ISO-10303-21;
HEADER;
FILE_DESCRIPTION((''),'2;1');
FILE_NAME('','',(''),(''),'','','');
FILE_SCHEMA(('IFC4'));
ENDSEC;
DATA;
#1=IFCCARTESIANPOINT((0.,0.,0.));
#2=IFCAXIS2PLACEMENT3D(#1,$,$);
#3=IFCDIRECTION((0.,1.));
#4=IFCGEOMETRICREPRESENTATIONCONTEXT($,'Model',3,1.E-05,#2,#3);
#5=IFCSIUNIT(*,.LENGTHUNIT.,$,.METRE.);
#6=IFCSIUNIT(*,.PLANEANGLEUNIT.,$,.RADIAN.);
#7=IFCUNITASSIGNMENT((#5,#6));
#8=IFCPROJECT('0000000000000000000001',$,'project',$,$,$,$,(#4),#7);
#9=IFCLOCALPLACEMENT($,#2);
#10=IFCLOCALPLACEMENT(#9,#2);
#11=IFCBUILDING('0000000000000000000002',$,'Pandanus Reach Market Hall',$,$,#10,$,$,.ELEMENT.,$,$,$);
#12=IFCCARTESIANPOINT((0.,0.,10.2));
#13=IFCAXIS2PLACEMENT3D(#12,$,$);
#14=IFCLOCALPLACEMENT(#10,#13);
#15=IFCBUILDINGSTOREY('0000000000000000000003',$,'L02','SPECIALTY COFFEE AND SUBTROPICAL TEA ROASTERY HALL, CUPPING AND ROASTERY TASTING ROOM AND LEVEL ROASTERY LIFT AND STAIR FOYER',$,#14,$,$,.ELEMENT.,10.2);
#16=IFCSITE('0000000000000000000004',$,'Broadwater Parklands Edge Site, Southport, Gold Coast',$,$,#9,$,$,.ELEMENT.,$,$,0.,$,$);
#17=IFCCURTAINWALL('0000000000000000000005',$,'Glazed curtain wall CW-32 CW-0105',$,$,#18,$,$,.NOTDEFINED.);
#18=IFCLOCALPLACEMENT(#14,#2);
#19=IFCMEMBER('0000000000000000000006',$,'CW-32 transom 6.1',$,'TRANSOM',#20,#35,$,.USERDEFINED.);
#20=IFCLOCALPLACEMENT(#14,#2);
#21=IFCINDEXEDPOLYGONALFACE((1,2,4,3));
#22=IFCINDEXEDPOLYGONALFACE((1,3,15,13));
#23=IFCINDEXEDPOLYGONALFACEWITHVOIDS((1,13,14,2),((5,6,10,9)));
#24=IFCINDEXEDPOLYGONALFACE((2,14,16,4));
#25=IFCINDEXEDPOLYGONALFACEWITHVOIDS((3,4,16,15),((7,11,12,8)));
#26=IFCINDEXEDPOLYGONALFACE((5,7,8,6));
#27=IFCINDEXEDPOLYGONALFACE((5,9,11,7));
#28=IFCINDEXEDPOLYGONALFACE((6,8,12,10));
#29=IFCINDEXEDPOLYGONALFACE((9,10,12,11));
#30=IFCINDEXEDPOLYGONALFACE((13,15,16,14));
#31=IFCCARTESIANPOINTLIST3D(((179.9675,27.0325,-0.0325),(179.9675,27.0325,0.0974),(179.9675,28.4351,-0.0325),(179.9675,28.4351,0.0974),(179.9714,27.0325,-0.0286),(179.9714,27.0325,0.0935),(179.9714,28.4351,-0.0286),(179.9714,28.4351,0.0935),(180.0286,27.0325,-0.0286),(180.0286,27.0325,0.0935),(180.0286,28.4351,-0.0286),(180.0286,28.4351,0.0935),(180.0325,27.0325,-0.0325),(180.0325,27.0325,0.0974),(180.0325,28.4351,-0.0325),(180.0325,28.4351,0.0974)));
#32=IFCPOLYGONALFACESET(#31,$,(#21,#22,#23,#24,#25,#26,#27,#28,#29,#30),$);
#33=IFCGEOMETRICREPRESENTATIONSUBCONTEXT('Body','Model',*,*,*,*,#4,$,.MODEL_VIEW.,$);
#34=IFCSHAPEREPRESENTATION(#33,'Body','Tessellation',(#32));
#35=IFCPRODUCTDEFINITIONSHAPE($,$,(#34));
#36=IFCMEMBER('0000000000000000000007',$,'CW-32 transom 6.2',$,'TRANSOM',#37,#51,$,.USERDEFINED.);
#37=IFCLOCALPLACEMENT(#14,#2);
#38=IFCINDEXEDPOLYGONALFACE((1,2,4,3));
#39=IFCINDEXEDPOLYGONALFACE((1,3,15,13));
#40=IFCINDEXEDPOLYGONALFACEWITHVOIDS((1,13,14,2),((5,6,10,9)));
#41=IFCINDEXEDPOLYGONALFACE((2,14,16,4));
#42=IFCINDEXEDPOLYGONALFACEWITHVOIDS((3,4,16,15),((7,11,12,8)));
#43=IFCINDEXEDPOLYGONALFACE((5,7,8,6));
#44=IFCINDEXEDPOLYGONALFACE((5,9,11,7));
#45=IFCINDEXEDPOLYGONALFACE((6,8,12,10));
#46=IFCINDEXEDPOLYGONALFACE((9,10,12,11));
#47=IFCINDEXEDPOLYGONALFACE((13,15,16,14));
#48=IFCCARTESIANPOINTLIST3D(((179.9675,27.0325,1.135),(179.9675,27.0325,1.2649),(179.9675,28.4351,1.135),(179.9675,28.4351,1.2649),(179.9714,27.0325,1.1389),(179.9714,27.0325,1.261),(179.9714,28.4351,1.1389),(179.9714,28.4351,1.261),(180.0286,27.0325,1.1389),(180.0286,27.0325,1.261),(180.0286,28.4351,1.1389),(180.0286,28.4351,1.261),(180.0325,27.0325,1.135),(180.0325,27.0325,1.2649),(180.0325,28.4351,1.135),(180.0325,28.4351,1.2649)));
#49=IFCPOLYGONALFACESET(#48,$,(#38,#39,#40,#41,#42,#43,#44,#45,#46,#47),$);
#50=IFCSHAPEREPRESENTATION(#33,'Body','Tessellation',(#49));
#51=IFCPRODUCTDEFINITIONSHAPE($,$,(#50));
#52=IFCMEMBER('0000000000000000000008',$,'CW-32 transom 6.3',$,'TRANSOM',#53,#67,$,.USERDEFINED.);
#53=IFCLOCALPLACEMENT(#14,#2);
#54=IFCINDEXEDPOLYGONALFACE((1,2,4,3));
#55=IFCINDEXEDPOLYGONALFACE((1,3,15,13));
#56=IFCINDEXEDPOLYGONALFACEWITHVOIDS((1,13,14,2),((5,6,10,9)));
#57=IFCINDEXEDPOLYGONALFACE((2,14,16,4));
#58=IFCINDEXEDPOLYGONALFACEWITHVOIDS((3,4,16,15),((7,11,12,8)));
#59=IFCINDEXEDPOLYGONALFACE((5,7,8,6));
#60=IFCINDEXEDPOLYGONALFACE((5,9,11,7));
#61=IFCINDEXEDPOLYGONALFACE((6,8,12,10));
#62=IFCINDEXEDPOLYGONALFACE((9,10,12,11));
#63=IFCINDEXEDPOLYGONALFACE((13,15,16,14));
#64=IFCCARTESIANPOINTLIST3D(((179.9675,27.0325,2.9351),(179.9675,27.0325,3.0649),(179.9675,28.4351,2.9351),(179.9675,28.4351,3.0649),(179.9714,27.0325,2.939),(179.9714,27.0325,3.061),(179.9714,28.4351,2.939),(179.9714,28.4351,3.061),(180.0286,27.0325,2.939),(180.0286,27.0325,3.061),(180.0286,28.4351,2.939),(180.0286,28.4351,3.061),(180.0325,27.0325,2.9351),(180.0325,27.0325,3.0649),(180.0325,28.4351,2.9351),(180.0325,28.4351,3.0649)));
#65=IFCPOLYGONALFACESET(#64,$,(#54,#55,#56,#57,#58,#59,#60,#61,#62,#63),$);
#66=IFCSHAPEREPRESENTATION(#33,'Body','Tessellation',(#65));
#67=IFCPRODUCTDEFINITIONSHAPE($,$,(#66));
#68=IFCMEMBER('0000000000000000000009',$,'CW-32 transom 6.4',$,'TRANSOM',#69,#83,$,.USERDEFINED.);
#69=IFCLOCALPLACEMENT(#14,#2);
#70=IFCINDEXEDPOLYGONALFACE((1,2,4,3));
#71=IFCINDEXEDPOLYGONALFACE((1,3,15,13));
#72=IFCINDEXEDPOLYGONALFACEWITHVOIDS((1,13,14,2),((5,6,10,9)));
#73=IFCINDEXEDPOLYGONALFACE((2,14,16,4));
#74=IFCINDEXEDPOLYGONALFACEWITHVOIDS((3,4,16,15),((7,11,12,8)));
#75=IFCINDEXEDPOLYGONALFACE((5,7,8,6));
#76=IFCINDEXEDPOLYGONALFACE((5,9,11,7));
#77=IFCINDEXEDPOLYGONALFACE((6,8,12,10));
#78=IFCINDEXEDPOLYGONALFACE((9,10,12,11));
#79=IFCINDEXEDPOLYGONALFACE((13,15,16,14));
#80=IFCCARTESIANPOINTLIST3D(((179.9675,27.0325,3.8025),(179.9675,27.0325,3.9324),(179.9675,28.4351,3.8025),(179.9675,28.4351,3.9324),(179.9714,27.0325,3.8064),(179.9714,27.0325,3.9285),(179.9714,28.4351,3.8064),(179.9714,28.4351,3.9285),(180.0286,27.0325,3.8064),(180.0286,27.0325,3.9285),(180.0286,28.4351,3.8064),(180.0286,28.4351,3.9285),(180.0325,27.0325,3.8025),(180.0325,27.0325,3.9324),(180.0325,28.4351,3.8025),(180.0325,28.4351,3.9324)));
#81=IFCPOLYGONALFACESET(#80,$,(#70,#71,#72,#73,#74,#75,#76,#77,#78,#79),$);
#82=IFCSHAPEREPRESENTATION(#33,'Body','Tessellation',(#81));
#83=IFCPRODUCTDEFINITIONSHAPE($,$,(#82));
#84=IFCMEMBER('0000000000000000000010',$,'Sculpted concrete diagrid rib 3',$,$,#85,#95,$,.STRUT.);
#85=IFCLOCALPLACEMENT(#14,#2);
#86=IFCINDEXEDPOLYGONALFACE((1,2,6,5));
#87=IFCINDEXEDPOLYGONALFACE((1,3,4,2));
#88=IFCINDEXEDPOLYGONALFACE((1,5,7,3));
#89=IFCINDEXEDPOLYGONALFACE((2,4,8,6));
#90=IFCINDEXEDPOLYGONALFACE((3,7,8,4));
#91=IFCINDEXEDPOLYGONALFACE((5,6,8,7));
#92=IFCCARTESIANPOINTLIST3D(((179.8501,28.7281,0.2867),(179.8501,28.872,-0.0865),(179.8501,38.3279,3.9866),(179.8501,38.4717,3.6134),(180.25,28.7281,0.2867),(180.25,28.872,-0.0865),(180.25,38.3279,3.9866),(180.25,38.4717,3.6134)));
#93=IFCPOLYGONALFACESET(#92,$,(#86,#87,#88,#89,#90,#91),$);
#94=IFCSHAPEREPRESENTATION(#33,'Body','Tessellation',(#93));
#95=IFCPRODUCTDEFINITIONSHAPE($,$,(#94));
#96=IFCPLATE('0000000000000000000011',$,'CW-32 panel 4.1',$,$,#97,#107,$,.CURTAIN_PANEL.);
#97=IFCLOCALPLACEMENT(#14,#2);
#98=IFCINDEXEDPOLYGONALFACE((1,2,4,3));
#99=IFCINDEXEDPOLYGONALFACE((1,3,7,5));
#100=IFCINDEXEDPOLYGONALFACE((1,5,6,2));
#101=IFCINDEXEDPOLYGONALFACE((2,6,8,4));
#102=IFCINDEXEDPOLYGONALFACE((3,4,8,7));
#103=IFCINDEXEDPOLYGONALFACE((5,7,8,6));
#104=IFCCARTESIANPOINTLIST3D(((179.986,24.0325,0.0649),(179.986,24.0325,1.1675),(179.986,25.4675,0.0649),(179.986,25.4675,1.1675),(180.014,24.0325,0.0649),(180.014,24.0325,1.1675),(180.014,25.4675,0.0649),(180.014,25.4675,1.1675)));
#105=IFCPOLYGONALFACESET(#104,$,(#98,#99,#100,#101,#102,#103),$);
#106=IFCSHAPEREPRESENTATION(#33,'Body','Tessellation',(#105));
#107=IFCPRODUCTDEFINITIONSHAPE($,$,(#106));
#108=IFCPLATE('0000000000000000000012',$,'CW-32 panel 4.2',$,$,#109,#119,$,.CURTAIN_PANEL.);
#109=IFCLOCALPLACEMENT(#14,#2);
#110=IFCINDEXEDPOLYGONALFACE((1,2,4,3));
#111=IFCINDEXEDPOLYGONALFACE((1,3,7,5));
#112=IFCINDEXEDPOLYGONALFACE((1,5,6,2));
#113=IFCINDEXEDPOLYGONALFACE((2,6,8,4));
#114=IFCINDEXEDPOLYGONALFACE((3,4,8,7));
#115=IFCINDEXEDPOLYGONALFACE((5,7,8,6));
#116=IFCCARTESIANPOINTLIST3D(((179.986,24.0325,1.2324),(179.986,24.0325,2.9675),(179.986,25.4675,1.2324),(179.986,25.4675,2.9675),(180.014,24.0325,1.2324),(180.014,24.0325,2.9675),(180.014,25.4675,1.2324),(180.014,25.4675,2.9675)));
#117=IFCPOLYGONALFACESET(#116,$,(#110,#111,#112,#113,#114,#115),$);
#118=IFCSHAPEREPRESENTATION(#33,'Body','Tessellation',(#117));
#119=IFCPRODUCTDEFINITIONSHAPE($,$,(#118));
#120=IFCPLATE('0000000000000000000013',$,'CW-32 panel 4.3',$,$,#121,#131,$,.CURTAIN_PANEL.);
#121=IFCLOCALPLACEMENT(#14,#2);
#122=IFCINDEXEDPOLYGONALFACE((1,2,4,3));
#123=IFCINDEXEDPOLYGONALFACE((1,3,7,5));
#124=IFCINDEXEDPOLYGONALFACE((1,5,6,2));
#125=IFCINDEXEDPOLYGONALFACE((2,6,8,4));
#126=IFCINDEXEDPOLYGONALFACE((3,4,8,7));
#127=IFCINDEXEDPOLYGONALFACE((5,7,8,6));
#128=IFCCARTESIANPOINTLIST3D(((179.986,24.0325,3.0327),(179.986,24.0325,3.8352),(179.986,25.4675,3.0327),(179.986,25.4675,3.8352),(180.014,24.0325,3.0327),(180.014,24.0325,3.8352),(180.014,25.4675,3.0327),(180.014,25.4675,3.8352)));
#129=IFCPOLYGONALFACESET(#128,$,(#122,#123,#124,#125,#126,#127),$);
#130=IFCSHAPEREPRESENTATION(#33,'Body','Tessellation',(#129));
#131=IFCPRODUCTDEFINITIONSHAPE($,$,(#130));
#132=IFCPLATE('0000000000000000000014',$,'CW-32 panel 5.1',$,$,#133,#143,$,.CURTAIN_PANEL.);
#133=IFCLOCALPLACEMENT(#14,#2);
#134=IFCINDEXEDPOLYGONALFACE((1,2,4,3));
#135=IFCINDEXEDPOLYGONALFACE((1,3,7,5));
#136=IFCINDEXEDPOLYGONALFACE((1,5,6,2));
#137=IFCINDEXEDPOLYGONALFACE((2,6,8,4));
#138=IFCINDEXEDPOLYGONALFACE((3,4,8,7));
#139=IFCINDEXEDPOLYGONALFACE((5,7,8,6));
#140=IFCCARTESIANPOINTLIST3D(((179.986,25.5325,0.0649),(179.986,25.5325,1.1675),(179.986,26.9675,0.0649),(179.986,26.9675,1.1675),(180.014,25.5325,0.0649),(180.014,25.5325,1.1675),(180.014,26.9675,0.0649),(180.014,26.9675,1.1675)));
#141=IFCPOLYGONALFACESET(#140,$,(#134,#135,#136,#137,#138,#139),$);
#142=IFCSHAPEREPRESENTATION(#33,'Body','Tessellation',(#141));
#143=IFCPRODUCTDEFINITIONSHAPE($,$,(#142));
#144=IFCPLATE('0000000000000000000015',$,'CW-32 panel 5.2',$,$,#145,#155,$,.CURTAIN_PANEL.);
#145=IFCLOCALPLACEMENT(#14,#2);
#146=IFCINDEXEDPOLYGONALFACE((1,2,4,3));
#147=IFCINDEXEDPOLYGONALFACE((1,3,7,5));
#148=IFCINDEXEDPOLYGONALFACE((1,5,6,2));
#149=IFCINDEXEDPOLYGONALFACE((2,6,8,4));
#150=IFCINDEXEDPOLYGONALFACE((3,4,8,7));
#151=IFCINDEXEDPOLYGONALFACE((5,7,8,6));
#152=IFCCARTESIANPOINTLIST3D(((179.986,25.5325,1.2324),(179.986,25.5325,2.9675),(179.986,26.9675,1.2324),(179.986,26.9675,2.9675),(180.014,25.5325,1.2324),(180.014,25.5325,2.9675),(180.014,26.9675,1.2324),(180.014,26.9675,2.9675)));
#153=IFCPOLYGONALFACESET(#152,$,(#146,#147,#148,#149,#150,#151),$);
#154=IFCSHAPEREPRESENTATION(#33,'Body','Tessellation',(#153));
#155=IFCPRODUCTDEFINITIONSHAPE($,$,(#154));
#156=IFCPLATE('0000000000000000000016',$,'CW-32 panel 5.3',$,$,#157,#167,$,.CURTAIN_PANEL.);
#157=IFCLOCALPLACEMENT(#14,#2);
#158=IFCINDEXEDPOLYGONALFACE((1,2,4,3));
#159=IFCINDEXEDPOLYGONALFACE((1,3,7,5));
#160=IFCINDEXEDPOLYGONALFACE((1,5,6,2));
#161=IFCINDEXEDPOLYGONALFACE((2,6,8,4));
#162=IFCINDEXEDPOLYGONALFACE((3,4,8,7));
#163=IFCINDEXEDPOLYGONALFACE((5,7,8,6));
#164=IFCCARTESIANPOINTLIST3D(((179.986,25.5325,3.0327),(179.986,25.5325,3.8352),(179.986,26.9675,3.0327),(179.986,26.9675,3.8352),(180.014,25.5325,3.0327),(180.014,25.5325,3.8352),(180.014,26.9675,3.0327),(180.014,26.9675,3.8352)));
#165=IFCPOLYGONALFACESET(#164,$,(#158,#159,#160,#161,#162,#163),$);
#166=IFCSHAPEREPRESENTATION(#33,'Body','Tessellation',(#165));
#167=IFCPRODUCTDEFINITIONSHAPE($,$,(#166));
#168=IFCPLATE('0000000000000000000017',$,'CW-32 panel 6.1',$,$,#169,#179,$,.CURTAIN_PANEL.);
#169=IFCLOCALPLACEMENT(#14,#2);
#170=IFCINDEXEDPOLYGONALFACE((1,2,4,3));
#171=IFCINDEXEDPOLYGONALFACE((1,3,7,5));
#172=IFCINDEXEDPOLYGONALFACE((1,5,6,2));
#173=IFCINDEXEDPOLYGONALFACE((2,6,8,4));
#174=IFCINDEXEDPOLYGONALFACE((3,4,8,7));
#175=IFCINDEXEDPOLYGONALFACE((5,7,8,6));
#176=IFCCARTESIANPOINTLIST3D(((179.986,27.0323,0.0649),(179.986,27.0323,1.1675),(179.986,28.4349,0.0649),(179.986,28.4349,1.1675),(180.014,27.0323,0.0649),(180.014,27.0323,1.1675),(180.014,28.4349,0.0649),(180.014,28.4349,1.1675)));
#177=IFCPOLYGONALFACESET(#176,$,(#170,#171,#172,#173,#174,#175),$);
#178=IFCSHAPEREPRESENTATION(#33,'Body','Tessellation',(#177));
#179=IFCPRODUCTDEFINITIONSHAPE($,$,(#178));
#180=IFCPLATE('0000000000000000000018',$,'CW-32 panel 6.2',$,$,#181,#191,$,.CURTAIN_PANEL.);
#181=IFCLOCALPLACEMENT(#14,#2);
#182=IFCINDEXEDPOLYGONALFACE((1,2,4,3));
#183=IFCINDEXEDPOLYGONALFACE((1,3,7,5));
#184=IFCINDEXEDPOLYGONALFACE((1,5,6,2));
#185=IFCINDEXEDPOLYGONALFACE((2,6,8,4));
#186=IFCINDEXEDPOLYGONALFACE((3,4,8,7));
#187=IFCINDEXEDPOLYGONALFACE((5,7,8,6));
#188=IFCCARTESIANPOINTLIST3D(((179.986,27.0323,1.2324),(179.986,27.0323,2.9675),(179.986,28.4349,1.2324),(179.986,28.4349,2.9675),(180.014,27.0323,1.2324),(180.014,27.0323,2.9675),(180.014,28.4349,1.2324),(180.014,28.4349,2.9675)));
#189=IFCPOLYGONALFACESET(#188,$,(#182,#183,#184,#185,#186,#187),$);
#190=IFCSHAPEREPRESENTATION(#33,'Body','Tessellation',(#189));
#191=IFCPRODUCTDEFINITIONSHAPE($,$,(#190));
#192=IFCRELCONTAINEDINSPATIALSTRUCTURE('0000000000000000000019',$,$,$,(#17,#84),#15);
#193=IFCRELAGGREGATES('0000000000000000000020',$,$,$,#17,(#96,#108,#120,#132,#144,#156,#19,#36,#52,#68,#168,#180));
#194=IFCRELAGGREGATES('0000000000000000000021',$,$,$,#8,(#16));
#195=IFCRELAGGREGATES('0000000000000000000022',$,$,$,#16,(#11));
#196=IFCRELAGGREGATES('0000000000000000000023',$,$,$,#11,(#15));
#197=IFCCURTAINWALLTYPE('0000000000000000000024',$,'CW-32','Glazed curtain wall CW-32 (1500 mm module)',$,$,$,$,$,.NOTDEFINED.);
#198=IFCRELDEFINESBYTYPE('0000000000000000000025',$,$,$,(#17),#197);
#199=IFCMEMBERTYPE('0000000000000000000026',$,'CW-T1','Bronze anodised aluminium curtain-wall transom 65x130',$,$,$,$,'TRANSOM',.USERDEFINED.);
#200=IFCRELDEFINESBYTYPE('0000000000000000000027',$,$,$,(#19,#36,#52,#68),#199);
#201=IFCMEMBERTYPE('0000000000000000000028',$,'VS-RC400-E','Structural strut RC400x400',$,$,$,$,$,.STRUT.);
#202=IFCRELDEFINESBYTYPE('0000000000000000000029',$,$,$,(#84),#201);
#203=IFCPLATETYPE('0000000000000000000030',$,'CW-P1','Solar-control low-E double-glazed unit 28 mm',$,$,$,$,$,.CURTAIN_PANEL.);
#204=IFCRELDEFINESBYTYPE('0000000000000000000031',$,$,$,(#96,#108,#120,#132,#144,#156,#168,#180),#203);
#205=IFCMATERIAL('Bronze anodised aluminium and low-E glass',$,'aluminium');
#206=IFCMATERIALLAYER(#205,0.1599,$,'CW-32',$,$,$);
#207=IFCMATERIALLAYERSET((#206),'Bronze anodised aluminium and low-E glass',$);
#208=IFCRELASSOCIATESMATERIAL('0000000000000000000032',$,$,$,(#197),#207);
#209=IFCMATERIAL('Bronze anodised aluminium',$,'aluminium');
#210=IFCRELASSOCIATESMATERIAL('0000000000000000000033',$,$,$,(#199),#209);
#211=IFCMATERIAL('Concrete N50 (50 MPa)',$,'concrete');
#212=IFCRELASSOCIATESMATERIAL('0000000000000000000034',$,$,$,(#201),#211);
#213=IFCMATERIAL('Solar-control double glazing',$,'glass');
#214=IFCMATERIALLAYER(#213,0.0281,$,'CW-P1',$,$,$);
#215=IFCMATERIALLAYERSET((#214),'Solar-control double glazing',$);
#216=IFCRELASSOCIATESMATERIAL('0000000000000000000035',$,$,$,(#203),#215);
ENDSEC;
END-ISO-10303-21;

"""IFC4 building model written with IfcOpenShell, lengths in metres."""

from ifc_helpers import new_model, si_unit, direction, frame, origin, origin_2d, place, context, subcontext, project, spatial, rectangle, hollow_rectangle, extrude, material, layer, layer_set, material_profile, profile_set, type_object, element, aggregate, save


model = new_model("IFC4")

# Units and contexts
model_context = context("Model", 3, precision=1e-05, world=origin(), true_north=direction((0.0, 1.0)))
body_context = subcontext(model_context, "Body", "Model", "MODEL_VIEW")
ifc_project = project(units=[si_unit("LENGTHUNIT", "METRE"), si_unit("PLANEANGLEUNIT", "RADIAN")], contexts=[model_context])

# Site, building, storey
site_placement = place(None, origin())
site = spatial("IfcSite", under=ifc_project, at=site_placement, Name="Broadwater Parklands Edge Site, Southport, Gold Coast", CompositionType="ELEMENT", RefElevation=0.0)
building_placement = place(site_placement, origin())
building = spatial("IfcBuilding", under=site, at=building_placement, Name="Pandanus Reach Market Hall", CompositionType="ELEMENT")
storey_placement = place(building_placement, frame((0.0, 0.0, 10.2)))
storey = spatial("IfcBuildingStorey", under=building, at=storey_placement, Name="L02", Description="SPECIALTY COFFEE AND SUBTROPICAL TEA ROASTERY HALL, CUPPING AND ROASTERY TASTING ROOM AND LEVEL ROASTERY LIFT AND STAIR FOYER", CompositionType="ELEMENT", Elevation=10.2)

# Curtain wall, members
ifc_material_1 = material(Name="Bronze anodised aluminium and low-E glass", Category="aluminium")
ifc_layer_1 = layer(ifc_material_1, 0.1599, Name="CW-32")
ifc_layer_set_1 = layer_set([ifc_layer_1], Name="Bronze anodised aluminium and low-E glass")
curtain_wall_type = type_object("IfcCurtainWallType", Name="CW-32", Description="Glazed curtain wall CW-32 (1500 mm module)", PredefinedType="NOTDEFINED", material=ifc_layer_set_1)
curtain_wall_placement = place(storey_placement, origin())
curtain_wall = element("IfcCurtainWall", 1, at=curtain_wall_placement, inside=storey, type_object=curtain_wall_type, Name="Glazed curtain wall CW-32 CW-0105", PredefinedType="NOTDEFINED")
ifc_material_2 = material(Name="Bronze anodised aluminium", Category="aluminium")
ifc_material_profile_1 = material_profile(ifc_material_2, hollow_rectangle(XDim=0.0649, YDim=0.1299, WallThickness=0.0039, at=origin_2d()), Name="ALU65x130", Category="LoadBearing")
ifc_profile_set_1 = profile_set([ifc_material_profile_1], Name="Bronze anodised aluminium")
member_type_1 = type_object("IfcMemberType", Name="CW-T1", Description="Bronze anodised aluminium curtain-wall transom 65x130", ElementType="TRANSOM", PredefinedType="USERDEFINED", material=ifc_profile_set_1)
member_1_placement = place(storey_placement, frame((180.0, 27.0325, 0.0325), z_axis=(0.0, 1.0, 0.0), x_axis=(-1.0, 0.0, 0.0)))
member_1 = element("IfcMember", 2, at=member_1_placement, type_object=member_type_1, Name="CW-32 transom 6.1", ObjectType="TRANSOM", PredefinedType="USERDEFINED", context=body_context, shape_type="SweptSolid", body=[
    extrude(hollow_rectangle(XDim=0.0649, YDim=0.1299, WallThickness=0.0039, at=origin_2d()), origin(), (0.0, 0.0, 1.0), 1.4026),
])
member_2_placement = place(storey_placement, frame((180.0, 27.0325, 1.2), z_axis=(0.0, 1.0, 0.0), x_axis=(-1.0, 0.0, 0.0)))
member_2 = element("IfcMember", 3, at=member_2_placement, type_object=member_type_1, Name="CW-32 transom 6.2", ObjectType="TRANSOM", PredefinedType="USERDEFINED", context=body_context, shape_type="SweptSolid", body=[
    extrude(hollow_rectangle(XDim=0.0649, YDim=0.1299, WallThickness=0.0039, at=origin_2d()), origin(), (0.0, 0.0, 1.0), 1.4026),
])
member_3_placement = place(storey_placement, frame((180.0, 27.0325, 3.0), z_axis=(0.0, 1.0, 0.0), x_axis=(-1.0, 0.0, 0.0)))
member_3 = element("IfcMember", 4, at=member_3_placement, type_object=member_type_1, Name="CW-32 transom 6.3", ObjectType="TRANSOM", PredefinedType="USERDEFINED", context=body_context, shape_type="SweptSolid", body=[
    extrude(hollow_rectangle(XDim=0.0649, YDim=0.1299, WallThickness=0.0039, at=origin_2d()), origin(), (0.0, 0.0, 1.0), 1.4026),
])
member_4_placement = place(storey_placement, frame((180.0, 27.0325, 3.8674), z_axis=(0.0, 1.0, 0.0), x_axis=(-1.0, 0.0, 0.0)))
member_4 = element("IfcMember", 5, at=member_4_placement, type_object=member_type_1, Name="CW-32 transom 6.4", ObjectType="TRANSOM", PredefinedType="USERDEFINED", context=body_context, shape_type="SweptSolid", body=[
    extrude(hollow_rectangle(XDim=0.0649, YDim=0.1299, WallThickness=0.0039, at=origin_2d()), origin(), (0.0, 0.0, 1.0), 1.4026),
])

# Member
ifc_material_3 = material(Name="Concrete N50 (50 MPa)", Category="concrete")
ifc_material_profile_2 = material_profile(ifc_material_3, rectangle(XDim=0.3999, YDim=0.3999, at=origin_2d()), Name="RC400x400", Category="LoadBearing")
ifc_profile_set_2 = profile_set([ifc_material_profile_2], Name="Concrete N50 (50 MPa)")
member_type_2 = type_object("IfcMemberType", Name="VS-RC400-E", Description="Structural strut RC400x400", PredefinedType="STRUT", material=ifc_profile_set_2)
member_5_placement = place(storey_placement, frame((180.05, 28.8, 0.1001), z_axis=(0.0, 0.933095, 0.359631), x_axis=(-1.0, 0.0, 0.0)))
element("IfcMember", 6, at=member_5_placement, inside=storey, type_object=member_type_2, Name="Sculpted concrete diagrid rib 3", PredefinedType="STRUT", context=body_context, shape_type="SweptSolid", body=[
    extrude(rectangle(XDim=0.3999, YDim=0.3999, at=origin_2d()), origin(), (0.0, 0.0, 1.0), 10.2881),
])

# Plates
ifc_material_4 = material(Name="Solar-control double glazing", Category="glass")
ifc_layer_2 = layer(ifc_material_4, 0.0281, Name="CW-P1")
ifc_layer_set_2 = layer_set([ifc_layer_2], Name="Solar-control double glazing")
plate_type_1 = type_object("IfcPlateType", Name="CW-P1", Description="Solar-control low-E double-glazed unit 28 mm", PredefinedType="CURTAIN_PANEL", material=ifc_layer_set_2)
plate_1_placement = place(storey_placement, frame((180.0, 24.75, 0.0649), z_axis=(0.0, 0.0, 1.0), x_axis=(0.0, 1.0, 0.0)))
plate_1 = element("IfcPlate", 7, at=plate_1_placement, type_object=plate_type_1, Name="CW-32 panel 4.1", PredefinedType="CURTAIN_PANEL", context=body_context, shape_type="SweptSolid", body=[
    extrude(rectangle(XDim=1.4351, YDim=0.0281, at=origin_2d()), origin(), (0.0, 0.0, 1.0), 1.1025),
])
plate_2_placement = place(storey_placement, frame((180.0, 24.75, 1.2324), z_axis=(0.0, 0.0, 1.0), x_axis=(0.0, 1.0, 0.0)))
plate_2 = element("IfcPlate", 8, at=plate_2_placement, type_object=plate_type_1, Name="CW-32 panel 4.2", PredefinedType="CURTAIN_PANEL", context=body_context, shape_type="SweptSolid", body=[
    extrude(rectangle(XDim=1.4351, YDim=0.0281, at=origin_2d()), origin(), (0.0, 0.0, 1.0), 1.7351),
])
plate_3_placement = place(storey_placement, frame((180.0, 24.75, 3.0327), z_axis=(0.0, 0.0, 1.0), x_axis=(0.0, 1.0, 0.0)))
plate_3 = element("IfcPlate", 9, at=plate_3_placement, type_object=plate_type_1, Name="CW-32 panel 4.3", PredefinedType="CURTAIN_PANEL", context=body_context, shape_type="SweptSolid", body=[
    extrude(rectangle(XDim=1.4351, YDim=0.0281, at=origin_2d()), origin(), (0.0, 0.0, 1.0), 0.8025),
])
plate_4_placement = place(storey_placement, frame((180.0, 26.25, 0.0649), z_axis=(0.0, 0.0, 1.0), x_axis=(0.0, 1.0, 0.0)))
plate_4 = element("IfcPlate", 10, at=plate_4_placement, type_object=plate_type_1, Name="CW-32 panel 5.1", PredefinedType="CURTAIN_PANEL", context=body_context, shape_type="SweptSolid", body=[
    extrude(rectangle(XDim=1.4351, YDim=0.0281, at=origin_2d()), origin(), (0.0, 0.0, 1.0), 1.1025),
])
plate_5_placement = place(storey_placement, frame((180.0, 26.25, 1.2324), z_axis=(0.0, 0.0, 1.0), x_axis=(0.0, 1.0, 0.0)))
plate_5 = element("IfcPlate", 11, at=plate_5_placement, type_object=plate_type_1, Name="CW-32 panel 5.2", PredefinedType="CURTAIN_PANEL", context=body_context, shape_type="SweptSolid", body=[
    extrude(rectangle(XDim=1.4351, YDim=0.0281, at=origin_2d()), origin(), (0.0, 0.0, 1.0), 1.7351),
])
plate_6_placement = place(storey_placement, frame((180.0, 26.25, 3.0327), z_axis=(0.0, 0.0, 1.0), x_axis=(0.0, 1.0, 0.0)))
plate_6 = element("IfcPlate", 12, at=plate_6_placement, type_object=plate_type_1, Name="CW-32 panel 5.3", PredefinedType="CURTAIN_PANEL", context=body_context, shape_type="SweptSolid", body=[
    extrude(rectangle(XDim=1.4351, YDim=0.0281, at=origin_2d()), origin(), (0.0, 0.0, 1.0), 0.8025),
])
plate_7_placement = place(storey_placement, frame((180.0, 27.7336, 0.0649), z_axis=(0.0, 0.0, 1.0), x_axis=(0.0, 1.0, 0.0)))
plate_7 = element("IfcPlate", 13, at=plate_7_placement, type_object=plate_type_1, Name="CW-32 panel 6.1", PredefinedType="CURTAIN_PANEL", context=body_context, shape_type="SweptSolid", body=[
    extrude(rectangle(XDim=1.4026, YDim=0.0281, at=origin_2d()), origin(), (0.0, 0.0, 1.0), 1.1025),
])
plate_8_placement = place(storey_placement, frame((180.0, 27.7336, 1.2324), z_axis=(0.0, 0.0, 1.0), x_axis=(0.0, 1.0, 0.0)))
plate_8 = element("IfcPlate", 14, at=plate_8_placement, type_object=plate_type_1, Name="CW-32 panel 6.2", PredefinedType="CURTAIN_PANEL", context=body_context, shape_type="SweptSolid", body=[
    extrude(rectangle(XDim=1.4026, YDim=0.0281, at=origin_2d()), origin(), (0.0, 0.0, 1.0), 1.7351),
])
aggregate(curtain_wall, [plate_1, plate_2, plate_3, plate_4, plate_5, plate_6, member_1, member_2, member_3, member_4, plate_7, plate_8])

save(model, "model.ifc")
